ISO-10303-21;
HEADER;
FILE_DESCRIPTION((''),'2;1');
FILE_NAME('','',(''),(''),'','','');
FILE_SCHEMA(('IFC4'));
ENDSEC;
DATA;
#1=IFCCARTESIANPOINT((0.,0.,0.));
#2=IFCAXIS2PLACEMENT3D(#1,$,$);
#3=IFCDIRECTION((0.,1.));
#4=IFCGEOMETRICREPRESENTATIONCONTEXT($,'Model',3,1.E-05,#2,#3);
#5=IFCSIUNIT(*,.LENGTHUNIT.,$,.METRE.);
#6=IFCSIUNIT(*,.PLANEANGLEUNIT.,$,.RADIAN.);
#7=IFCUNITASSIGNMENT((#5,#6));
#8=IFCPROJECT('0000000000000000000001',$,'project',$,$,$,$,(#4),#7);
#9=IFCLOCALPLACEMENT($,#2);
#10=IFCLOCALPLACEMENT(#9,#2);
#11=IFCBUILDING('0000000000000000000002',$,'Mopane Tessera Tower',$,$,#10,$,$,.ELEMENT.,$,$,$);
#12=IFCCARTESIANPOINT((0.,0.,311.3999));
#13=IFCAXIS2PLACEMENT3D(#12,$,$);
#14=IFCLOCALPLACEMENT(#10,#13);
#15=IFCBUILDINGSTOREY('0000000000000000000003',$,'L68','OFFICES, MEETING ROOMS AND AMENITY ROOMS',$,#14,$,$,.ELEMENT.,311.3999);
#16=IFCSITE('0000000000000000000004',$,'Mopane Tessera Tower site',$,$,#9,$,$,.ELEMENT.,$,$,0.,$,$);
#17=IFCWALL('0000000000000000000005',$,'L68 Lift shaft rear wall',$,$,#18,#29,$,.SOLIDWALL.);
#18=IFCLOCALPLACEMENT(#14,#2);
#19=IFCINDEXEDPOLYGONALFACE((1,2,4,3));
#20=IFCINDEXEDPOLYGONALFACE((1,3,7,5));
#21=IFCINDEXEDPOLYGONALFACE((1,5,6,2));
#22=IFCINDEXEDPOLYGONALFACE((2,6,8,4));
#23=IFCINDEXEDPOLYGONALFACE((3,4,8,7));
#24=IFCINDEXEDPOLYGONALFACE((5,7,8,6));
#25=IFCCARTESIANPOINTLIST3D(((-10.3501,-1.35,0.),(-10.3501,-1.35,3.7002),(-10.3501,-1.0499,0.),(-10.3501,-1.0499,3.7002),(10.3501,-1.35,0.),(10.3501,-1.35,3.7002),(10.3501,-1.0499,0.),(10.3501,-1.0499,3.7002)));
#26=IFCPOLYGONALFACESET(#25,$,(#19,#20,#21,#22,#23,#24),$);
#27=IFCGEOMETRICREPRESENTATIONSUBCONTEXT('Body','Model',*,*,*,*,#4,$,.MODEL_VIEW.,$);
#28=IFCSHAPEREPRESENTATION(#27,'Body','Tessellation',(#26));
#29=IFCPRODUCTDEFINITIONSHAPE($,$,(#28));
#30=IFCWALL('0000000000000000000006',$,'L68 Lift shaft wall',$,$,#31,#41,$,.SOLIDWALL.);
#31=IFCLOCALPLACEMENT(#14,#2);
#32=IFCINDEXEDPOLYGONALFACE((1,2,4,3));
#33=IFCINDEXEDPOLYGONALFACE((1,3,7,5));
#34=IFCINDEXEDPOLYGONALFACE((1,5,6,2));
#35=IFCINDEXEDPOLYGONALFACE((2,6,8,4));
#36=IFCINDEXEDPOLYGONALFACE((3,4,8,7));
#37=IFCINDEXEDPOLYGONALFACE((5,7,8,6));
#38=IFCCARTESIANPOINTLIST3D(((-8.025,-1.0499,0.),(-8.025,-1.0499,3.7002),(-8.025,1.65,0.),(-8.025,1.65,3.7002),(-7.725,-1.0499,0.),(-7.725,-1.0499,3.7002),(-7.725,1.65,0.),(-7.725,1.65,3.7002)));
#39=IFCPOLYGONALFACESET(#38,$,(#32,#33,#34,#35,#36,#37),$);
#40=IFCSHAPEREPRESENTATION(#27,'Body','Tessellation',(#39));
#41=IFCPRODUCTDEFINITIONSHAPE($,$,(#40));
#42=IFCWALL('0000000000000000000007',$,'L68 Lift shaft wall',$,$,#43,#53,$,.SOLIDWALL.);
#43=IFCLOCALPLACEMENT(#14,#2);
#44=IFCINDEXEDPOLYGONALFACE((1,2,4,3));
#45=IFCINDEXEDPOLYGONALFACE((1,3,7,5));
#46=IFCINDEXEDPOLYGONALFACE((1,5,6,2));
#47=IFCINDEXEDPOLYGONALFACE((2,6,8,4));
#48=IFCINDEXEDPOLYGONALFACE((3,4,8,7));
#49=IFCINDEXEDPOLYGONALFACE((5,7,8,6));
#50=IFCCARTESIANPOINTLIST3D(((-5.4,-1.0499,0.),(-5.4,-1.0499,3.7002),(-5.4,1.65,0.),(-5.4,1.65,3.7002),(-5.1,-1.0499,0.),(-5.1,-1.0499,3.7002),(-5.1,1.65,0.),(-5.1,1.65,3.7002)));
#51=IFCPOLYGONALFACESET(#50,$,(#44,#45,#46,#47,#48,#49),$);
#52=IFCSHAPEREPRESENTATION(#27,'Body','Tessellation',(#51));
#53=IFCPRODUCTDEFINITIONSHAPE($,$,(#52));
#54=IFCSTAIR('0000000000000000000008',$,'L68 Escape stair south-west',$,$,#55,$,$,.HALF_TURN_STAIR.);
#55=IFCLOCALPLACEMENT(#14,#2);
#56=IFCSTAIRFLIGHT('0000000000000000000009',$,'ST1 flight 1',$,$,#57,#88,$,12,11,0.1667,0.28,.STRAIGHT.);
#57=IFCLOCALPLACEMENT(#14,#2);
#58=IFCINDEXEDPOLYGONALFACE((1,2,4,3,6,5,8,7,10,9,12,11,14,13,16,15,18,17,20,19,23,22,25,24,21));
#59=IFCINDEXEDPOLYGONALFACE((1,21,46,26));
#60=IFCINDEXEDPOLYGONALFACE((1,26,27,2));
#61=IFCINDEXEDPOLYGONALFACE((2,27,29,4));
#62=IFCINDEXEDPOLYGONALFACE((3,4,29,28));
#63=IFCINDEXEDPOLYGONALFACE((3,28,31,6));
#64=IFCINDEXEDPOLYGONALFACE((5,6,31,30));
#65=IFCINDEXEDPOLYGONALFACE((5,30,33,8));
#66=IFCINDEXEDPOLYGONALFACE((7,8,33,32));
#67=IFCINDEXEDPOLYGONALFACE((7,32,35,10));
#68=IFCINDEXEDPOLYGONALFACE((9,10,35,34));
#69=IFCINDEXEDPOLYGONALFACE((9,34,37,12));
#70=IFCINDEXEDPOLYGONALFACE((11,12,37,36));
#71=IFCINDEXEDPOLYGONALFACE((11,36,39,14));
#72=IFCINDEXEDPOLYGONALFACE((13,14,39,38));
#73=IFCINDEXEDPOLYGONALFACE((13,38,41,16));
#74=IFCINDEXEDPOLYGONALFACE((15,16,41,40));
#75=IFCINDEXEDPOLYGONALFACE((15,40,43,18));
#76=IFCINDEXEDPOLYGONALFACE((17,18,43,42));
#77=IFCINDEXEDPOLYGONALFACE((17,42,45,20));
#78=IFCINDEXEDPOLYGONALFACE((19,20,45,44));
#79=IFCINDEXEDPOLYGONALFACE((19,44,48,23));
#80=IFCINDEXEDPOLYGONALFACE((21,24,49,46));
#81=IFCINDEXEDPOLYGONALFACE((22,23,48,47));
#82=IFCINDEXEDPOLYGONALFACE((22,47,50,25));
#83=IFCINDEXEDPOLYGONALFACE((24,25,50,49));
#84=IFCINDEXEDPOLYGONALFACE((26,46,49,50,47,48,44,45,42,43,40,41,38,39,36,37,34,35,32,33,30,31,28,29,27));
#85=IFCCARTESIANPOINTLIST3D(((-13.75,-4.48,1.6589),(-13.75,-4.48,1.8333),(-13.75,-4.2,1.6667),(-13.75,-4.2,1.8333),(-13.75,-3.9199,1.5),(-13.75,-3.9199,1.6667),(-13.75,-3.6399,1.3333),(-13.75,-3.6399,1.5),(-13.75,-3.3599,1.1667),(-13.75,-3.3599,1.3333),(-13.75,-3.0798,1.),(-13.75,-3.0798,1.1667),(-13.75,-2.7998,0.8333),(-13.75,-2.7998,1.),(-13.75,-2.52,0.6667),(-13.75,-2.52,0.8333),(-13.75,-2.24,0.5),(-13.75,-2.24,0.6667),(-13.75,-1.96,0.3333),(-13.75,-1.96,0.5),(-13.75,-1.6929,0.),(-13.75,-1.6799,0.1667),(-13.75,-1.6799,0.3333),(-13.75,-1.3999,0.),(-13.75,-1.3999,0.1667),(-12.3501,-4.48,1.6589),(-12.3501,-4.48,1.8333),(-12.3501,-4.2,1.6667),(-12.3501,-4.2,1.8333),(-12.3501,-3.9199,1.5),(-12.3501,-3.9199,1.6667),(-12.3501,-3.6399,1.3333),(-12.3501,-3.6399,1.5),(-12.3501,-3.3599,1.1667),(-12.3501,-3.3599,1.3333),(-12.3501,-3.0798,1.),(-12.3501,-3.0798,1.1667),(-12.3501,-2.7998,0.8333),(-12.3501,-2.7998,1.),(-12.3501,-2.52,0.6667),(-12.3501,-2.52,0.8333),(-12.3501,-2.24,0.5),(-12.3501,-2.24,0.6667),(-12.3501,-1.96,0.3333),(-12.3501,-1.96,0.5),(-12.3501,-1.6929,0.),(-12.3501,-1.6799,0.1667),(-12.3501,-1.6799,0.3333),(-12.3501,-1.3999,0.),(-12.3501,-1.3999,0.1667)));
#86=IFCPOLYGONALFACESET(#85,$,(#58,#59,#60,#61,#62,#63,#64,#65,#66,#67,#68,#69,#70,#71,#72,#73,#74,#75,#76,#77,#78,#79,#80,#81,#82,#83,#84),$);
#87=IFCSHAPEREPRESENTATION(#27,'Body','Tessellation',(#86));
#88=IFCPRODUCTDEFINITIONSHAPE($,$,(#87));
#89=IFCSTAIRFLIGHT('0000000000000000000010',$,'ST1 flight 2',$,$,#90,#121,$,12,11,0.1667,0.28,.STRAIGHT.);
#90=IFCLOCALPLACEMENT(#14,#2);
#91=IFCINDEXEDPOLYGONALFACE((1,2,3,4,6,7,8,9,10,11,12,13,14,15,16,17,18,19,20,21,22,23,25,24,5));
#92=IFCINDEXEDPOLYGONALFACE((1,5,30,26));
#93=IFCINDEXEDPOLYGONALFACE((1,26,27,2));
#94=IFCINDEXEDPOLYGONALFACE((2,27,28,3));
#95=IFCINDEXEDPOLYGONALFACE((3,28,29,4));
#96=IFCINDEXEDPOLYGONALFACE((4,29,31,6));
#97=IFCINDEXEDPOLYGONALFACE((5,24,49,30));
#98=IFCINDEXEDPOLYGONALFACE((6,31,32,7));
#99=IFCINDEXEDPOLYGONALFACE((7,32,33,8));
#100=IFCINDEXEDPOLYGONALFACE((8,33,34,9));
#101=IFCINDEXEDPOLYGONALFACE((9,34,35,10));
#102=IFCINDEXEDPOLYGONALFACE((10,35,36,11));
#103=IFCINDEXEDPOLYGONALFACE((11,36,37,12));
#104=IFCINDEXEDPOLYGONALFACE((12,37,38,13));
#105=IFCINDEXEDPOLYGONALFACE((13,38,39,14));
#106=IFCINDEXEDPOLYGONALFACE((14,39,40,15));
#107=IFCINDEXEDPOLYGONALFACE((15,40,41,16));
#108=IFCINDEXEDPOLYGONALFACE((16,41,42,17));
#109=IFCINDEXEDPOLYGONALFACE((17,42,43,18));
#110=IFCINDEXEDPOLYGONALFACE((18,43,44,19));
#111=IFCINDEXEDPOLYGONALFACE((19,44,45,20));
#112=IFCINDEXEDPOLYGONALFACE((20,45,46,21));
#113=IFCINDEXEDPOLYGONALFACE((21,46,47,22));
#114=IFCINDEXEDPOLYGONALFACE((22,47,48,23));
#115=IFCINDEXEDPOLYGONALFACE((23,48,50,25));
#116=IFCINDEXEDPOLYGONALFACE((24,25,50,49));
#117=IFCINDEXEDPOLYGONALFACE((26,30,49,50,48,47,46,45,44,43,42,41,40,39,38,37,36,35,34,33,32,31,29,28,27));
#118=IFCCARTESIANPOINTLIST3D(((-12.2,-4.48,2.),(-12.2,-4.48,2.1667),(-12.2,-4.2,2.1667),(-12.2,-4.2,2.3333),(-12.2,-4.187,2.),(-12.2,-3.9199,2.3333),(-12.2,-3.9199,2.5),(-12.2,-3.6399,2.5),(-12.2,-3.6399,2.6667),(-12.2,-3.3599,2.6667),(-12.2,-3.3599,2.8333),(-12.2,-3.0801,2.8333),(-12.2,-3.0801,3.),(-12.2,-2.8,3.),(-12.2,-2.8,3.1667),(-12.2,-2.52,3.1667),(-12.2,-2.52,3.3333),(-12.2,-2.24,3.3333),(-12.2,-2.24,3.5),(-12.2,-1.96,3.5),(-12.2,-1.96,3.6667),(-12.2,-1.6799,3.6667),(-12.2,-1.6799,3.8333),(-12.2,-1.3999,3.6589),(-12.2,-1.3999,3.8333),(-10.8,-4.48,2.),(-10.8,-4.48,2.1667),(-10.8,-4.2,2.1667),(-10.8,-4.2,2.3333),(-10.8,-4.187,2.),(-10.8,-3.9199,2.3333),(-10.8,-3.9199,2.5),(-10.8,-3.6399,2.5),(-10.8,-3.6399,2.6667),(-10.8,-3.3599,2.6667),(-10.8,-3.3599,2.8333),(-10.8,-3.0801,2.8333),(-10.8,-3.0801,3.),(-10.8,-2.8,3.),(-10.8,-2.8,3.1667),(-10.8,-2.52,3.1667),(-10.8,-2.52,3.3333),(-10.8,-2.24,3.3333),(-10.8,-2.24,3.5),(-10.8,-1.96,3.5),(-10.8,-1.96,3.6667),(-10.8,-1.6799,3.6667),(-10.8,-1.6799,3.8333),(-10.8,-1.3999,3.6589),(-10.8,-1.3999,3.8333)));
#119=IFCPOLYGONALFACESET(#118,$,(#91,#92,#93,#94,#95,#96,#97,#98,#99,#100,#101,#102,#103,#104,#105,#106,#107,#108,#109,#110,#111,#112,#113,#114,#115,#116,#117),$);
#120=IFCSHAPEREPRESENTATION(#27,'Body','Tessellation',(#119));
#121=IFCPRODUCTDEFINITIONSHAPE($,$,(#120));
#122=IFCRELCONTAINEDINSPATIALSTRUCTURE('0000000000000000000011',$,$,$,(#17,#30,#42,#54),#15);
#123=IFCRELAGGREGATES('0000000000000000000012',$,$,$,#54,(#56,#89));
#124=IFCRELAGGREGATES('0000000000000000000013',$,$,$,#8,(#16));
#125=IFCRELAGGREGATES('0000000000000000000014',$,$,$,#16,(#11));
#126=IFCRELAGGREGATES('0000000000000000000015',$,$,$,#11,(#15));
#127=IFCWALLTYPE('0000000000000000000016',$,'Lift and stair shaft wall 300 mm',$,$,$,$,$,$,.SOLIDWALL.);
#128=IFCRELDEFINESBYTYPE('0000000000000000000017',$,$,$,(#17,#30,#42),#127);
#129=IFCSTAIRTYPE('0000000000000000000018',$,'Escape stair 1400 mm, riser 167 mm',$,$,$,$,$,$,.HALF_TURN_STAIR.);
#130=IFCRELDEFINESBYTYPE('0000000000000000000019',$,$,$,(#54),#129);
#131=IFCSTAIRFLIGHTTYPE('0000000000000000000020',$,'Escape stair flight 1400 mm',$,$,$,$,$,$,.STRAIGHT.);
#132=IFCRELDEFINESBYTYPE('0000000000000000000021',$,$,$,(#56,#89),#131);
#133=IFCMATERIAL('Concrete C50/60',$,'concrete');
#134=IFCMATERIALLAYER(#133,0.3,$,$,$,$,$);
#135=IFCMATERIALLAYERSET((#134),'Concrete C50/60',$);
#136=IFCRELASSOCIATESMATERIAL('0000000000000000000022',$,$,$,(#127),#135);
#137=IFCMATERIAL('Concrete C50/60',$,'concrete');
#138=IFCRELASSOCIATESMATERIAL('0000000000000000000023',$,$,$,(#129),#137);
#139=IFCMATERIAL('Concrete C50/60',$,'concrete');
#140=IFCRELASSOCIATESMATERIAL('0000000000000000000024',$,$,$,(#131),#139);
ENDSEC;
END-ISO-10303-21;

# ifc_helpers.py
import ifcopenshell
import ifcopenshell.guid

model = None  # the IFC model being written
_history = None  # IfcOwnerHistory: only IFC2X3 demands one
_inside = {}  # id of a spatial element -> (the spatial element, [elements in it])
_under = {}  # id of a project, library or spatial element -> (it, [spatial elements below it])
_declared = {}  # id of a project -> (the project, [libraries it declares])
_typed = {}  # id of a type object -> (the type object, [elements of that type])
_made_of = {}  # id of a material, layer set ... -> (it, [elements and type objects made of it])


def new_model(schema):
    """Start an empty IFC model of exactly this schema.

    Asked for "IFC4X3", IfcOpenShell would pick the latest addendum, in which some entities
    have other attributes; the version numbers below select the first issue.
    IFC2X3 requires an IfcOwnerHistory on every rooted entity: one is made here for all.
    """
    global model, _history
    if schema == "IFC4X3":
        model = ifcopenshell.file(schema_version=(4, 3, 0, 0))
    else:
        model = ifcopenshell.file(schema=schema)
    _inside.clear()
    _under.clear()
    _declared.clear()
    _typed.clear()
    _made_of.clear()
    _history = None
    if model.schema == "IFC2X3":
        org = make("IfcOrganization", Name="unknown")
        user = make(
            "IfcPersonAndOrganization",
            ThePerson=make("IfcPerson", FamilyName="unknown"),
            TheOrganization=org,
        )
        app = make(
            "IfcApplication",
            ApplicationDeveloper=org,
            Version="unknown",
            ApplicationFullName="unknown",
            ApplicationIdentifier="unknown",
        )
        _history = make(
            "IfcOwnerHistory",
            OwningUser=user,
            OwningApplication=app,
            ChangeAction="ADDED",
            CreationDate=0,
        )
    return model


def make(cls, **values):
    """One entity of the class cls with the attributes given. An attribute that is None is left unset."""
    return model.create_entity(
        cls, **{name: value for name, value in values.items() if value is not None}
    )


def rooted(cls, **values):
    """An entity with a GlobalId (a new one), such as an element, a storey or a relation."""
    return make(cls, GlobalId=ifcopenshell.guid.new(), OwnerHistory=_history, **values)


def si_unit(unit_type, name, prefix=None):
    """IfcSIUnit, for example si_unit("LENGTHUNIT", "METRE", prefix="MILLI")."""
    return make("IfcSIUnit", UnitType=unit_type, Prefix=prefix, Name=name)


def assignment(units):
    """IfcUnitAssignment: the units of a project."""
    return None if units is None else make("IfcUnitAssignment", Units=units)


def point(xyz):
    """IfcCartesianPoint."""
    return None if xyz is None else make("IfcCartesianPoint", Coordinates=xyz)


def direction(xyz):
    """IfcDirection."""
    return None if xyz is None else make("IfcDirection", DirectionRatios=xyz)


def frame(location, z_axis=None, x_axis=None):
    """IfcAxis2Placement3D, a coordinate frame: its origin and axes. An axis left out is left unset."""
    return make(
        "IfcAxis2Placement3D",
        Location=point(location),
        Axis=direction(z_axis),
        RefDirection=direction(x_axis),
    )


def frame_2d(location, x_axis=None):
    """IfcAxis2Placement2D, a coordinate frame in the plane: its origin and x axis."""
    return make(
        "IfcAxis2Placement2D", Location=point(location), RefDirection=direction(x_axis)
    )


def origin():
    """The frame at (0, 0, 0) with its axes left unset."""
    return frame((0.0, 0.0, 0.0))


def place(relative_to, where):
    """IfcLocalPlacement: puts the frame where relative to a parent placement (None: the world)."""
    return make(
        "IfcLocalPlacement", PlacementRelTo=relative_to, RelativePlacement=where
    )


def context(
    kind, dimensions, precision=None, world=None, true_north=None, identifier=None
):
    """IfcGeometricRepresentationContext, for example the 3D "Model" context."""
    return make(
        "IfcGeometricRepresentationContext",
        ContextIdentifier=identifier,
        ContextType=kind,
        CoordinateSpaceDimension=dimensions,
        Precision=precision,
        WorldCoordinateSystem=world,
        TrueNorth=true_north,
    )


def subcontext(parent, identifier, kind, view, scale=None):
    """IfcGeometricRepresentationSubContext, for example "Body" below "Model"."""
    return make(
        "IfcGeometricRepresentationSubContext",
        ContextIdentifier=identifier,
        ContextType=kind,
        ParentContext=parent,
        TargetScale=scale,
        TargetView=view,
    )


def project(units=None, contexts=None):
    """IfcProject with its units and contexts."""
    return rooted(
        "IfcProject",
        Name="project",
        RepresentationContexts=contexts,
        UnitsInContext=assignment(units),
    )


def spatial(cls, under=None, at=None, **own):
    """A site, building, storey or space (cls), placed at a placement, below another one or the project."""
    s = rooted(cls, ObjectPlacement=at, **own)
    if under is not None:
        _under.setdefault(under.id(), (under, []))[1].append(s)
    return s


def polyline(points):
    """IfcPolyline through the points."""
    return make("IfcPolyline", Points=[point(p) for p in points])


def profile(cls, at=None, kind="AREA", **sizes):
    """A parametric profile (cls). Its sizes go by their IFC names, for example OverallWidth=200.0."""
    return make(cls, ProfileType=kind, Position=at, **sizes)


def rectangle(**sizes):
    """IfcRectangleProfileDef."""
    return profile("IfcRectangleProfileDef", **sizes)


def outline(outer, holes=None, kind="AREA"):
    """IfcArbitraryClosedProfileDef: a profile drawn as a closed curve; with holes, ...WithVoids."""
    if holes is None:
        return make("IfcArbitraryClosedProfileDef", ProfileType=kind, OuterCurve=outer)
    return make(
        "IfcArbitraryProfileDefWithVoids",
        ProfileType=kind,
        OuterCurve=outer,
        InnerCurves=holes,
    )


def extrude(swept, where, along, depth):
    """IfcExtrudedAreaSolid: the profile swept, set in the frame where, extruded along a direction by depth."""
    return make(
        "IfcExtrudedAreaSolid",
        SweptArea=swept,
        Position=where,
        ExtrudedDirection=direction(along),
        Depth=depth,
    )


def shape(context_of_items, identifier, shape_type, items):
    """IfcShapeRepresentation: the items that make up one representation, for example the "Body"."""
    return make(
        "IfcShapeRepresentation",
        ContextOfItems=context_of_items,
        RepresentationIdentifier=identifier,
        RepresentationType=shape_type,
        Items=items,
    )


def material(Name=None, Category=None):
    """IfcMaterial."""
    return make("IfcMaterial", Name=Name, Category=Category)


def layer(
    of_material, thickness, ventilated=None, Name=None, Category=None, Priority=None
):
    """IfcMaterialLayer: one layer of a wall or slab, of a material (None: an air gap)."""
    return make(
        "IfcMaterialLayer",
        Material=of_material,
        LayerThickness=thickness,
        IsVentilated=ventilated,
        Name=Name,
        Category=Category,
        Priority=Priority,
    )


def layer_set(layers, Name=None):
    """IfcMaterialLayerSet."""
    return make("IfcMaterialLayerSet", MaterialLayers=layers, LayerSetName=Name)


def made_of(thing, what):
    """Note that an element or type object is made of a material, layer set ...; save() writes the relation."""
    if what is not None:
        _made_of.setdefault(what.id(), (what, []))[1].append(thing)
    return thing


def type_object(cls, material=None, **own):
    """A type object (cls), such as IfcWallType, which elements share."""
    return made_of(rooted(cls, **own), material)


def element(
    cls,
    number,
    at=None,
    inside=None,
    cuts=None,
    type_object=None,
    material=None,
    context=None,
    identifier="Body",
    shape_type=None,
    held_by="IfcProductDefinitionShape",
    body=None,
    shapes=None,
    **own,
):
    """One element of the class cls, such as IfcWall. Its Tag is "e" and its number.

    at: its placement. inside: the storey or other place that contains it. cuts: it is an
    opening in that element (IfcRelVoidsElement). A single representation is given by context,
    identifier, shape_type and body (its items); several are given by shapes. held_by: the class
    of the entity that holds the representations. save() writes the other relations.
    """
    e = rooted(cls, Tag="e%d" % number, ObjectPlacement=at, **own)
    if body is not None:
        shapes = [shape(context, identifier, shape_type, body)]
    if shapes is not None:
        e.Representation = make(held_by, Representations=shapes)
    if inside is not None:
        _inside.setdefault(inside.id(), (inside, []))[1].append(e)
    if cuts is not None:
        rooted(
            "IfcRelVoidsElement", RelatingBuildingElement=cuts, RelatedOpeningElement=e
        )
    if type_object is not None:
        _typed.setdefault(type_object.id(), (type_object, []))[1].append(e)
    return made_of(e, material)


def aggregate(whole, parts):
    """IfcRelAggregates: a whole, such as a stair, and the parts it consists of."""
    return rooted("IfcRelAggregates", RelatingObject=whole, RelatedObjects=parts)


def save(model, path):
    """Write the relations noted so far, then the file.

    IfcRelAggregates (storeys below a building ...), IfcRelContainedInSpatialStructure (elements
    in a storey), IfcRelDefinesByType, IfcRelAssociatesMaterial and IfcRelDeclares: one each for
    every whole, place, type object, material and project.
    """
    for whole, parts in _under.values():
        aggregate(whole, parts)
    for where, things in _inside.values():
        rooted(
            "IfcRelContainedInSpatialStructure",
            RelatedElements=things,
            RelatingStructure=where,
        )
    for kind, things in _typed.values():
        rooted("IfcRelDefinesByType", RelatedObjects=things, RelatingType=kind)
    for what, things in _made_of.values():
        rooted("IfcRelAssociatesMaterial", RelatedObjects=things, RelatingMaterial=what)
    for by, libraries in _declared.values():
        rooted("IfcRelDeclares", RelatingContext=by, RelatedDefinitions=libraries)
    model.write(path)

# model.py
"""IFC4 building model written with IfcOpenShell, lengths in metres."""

from ifc_helpers import new_model, si_unit, direction, frame, frame_2d, origin, place, context, subcontext, project, spatial, polyline, rectangle, outline, extrude, material, layer, layer_set, type_object, element, aggregate, save


model = new_model("IFC4")

# Units and contexts
model_context = context("Model", 3, precision=1e-05, world=origin(), true_north=direction((0.0, 1.0)))
body_context = subcontext(model_context, "Body", "Model", "MODEL_VIEW")
ifc_project = project(units=[si_unit("LENGTHUNIT", "METRE"), si_unit("PLANEANGLEUNIT", "RADIAN")], contexts=[model_context])

# Site, building, storey
site_placement = place(None, origin())
site = spatial("IfcSite", under=ifc_project, at=site_placement, Name="Mopane Tessera Tower site", CompositionType="ELEMENT", RefElevation=0.0)
building_placement = place(site_placement, origin())
building = spatial("IfcBuilding", under=site, at=building_placement, Name="Mopane Tessera Tower", CompositionType="ELEMENT")
storey_placement = place(building_placement, frame((0.0, 0.0, 311.3999)))
storey = spatial("IfcBuildingStorey", under=building, at=storey_placement, Name="L68", Description="OFFICES, MEETING ROOMS AND AMENITY ROOMS", CompositionType="ELEMENT", Elevation=311.3999)

# Walls
ifc_material_1 = material(Name="Concrete C50/60", Category="concrete")
ifc_layer_1 = layer(ifc_material_1, 0.3)
ifc_layer_set_1 = layer_set([ifc_layer_1], Name="Concrete C50/60")
wall_type_1 = type_object("IfcWallType", Name="Lift and stair shaft wall 300 mm", PredefinedType="SOLIDWALL", material=ifc_layer_set_1)
wall_1_placement = place(storey_placement, frame((-10.3501, -1.2, 0.0), z_axis=(0.0, 0.0, 1.0), x_axis=(1.0, 0.0, 0.0)))
element("IfcWall", 1, at=wall_1_placement, inside=storey, type_object=wall_type_1, Name="L68 Lift shaft rear wall", PredefinedType="SOLIDWALL", context=body_context, shape_type="SweptSolid", body=[
    extrude(rectangle(XDim=20.7002, YDim=0.3, at=frame_2d((10.3501, 0.0))), origin(), (0.0, 0.0, 1.0), 3.7002),
])
for number, where, z_axis, x_axis, name in (
    (2, (-7.875, -1.05, 0.0), (0.0, 0.0, 1.0), (0.0, 1.0, 0.0), "L68 Lift shaft wall"),
    (3, (-5.25, -1.05, 0.0), (0.0, 0.0, 1.0), (0.0, 1.0, 0.0), "L68 Lift shaft wall"),
):
    element("IfcWall", number, at=place(storey_placement, frame(where, z_axis=z_axis, x_axis=x_axis)), inside=storey, type_object=wall_type_1, Name=name, PredefinedType="SOLIDWALL", context=body_context, shape_type="SweptSolid", body=[
        extrude(rectangle(XDim=2.7, YDim=0.3, at=frame_2d((1.3501, 0.0))), origin(), (0.0, 0.0, 1.0), 3.7002),
    ])

# Stair, stair flights
ifc_material_2 = material(Name="Concrete C50/60", Category="concrete")
stair_type = type_object("IfcStairType", Name="Escape stair 1400 mm, riser 167 mm", PredefinedType="HALF_TURN_STAIR", material=ifc_material_2)
stair_placement = place(storey_placement, origin())
stair = element("IfcStair", 4, at=stair_placement, inside=storey, type_object=stair_type, Name="L68 Escape stair south-west", PredefinedType="HALF_TURN_STAIR")
ifc_material_3 = material(Name="Concrete C50/60", Category="concrete")
stair_flight_type = type_object("IfcStairFlightType", Name="Escape stair flight 1400 mm", PredefinedType="STRAIGHT", material=ifc_material_3)
stair_flight_1_placement = place(storey_placement, frame((-13.05, -1.3999, 0.0), z_axis=(0.0, 0.0, 1.0), x_axis=(0.0, -1.0, 0.0)))
stair_flight_1 = element("IfcStairFlight", 5, at=stair_flight_1_placement, type_object=stair_flight_type, Name="ST1 flight 1", NumberOfRisers=12, NumberOfTreads=11, PredefinedType="STRAIGHT", RiserHeight=0.1667, TreadLength=0.28, context=body_context, shape_type="SweptSolid", body=[
    extrude(outline(polyline([(0.0, 0.0), (0.0, 0.1667), (0.28, 0.1667), (0.28, 0.3333), (0.5601, 0.3333), (0.5601, 0.5), (0.8401, 0.5), (0.8401, 0.6667), (1.1201, 0.6667), (1.1201, 0.8333), (1.3999, 0.8333), (1.3999, 1.0), (1.6799, 1.0), (1.6799, 1.1667), (1.96, 1.1667), (1.96, 1.3333), (2.24, 1.3333), (2.24, 1.5), (2.52, 1.5), (2.52, 1.6667), (2.8, 1.6667), (2.8, 1.8333), (3.0801, 1.8333), (3.0801, 2.0), (3.0801, 1.6589), (0.293, 0.0), (0.0, 0.0)])), frame((0.0, 0.7, 0.0), z_axis=(0.0, -1.0, 0.0), x_axis=(1.0, 0.0, 0.0)), (0.0, 0.0, 1.0), 1.3999),
])
stair_flight_2_placement = place(storey_placement, frame((-11.5, -4.48, 2.0), z_axis=(0.0, 0.0, 1.0), x_axis=(0.0, 1.0, 0.0)))
stair_flight_2 = element("IfcStairFlight", 6, at=stair_flight_2_placement, type_object=stair_flight_type, Name="ST1 flight 2", NumberOfRisers=12, NumberOfTreads=11, PredefinedType="STRAIGHT", RiserHeight=0.1667, TreadLength=0.28, context=body_context, shape_type="SweptSolid", body=[
    extrude(outline(polyline([(0.0, 0.0), (0.0, 0.1667), (0.28, 0.1667), (0.28, 0.3333), (0.5601, 0.3333), (0.5601, 0.5), (0.8401, 0.5), (0.8401, 0.6667), (1.1201, 0.6667), (1.1201, 0.8333), (1.3999, 0.8333), (1.3999, 1.0), (1.6799, 1.0), (1.6799, 1.1667), (1.96, 1.1667), (1.96, 1.3333), (2.24, 1.3333), (2.24, 1.5), (2.52, 1.5), (2.52, 1.6667), (2.8, 1.6667), (2.8, 1.8333), (3.0801, 1.8333), (3.0801, 2.0), (3.0801, 1.6589), (0.293, 0.0), (0.0, 0.0)])), frame((0.0, 0.7, 0.0), z_axis=(0.0, -1.0, 0.0), x_axis=(1.0, 0.0, 0.0)), (0.0, 0.0, 1.0), 1.3999),
])
aggregate(stair, [stair_flight_1, stair_flight_2])

save(model, "model.ifc")
